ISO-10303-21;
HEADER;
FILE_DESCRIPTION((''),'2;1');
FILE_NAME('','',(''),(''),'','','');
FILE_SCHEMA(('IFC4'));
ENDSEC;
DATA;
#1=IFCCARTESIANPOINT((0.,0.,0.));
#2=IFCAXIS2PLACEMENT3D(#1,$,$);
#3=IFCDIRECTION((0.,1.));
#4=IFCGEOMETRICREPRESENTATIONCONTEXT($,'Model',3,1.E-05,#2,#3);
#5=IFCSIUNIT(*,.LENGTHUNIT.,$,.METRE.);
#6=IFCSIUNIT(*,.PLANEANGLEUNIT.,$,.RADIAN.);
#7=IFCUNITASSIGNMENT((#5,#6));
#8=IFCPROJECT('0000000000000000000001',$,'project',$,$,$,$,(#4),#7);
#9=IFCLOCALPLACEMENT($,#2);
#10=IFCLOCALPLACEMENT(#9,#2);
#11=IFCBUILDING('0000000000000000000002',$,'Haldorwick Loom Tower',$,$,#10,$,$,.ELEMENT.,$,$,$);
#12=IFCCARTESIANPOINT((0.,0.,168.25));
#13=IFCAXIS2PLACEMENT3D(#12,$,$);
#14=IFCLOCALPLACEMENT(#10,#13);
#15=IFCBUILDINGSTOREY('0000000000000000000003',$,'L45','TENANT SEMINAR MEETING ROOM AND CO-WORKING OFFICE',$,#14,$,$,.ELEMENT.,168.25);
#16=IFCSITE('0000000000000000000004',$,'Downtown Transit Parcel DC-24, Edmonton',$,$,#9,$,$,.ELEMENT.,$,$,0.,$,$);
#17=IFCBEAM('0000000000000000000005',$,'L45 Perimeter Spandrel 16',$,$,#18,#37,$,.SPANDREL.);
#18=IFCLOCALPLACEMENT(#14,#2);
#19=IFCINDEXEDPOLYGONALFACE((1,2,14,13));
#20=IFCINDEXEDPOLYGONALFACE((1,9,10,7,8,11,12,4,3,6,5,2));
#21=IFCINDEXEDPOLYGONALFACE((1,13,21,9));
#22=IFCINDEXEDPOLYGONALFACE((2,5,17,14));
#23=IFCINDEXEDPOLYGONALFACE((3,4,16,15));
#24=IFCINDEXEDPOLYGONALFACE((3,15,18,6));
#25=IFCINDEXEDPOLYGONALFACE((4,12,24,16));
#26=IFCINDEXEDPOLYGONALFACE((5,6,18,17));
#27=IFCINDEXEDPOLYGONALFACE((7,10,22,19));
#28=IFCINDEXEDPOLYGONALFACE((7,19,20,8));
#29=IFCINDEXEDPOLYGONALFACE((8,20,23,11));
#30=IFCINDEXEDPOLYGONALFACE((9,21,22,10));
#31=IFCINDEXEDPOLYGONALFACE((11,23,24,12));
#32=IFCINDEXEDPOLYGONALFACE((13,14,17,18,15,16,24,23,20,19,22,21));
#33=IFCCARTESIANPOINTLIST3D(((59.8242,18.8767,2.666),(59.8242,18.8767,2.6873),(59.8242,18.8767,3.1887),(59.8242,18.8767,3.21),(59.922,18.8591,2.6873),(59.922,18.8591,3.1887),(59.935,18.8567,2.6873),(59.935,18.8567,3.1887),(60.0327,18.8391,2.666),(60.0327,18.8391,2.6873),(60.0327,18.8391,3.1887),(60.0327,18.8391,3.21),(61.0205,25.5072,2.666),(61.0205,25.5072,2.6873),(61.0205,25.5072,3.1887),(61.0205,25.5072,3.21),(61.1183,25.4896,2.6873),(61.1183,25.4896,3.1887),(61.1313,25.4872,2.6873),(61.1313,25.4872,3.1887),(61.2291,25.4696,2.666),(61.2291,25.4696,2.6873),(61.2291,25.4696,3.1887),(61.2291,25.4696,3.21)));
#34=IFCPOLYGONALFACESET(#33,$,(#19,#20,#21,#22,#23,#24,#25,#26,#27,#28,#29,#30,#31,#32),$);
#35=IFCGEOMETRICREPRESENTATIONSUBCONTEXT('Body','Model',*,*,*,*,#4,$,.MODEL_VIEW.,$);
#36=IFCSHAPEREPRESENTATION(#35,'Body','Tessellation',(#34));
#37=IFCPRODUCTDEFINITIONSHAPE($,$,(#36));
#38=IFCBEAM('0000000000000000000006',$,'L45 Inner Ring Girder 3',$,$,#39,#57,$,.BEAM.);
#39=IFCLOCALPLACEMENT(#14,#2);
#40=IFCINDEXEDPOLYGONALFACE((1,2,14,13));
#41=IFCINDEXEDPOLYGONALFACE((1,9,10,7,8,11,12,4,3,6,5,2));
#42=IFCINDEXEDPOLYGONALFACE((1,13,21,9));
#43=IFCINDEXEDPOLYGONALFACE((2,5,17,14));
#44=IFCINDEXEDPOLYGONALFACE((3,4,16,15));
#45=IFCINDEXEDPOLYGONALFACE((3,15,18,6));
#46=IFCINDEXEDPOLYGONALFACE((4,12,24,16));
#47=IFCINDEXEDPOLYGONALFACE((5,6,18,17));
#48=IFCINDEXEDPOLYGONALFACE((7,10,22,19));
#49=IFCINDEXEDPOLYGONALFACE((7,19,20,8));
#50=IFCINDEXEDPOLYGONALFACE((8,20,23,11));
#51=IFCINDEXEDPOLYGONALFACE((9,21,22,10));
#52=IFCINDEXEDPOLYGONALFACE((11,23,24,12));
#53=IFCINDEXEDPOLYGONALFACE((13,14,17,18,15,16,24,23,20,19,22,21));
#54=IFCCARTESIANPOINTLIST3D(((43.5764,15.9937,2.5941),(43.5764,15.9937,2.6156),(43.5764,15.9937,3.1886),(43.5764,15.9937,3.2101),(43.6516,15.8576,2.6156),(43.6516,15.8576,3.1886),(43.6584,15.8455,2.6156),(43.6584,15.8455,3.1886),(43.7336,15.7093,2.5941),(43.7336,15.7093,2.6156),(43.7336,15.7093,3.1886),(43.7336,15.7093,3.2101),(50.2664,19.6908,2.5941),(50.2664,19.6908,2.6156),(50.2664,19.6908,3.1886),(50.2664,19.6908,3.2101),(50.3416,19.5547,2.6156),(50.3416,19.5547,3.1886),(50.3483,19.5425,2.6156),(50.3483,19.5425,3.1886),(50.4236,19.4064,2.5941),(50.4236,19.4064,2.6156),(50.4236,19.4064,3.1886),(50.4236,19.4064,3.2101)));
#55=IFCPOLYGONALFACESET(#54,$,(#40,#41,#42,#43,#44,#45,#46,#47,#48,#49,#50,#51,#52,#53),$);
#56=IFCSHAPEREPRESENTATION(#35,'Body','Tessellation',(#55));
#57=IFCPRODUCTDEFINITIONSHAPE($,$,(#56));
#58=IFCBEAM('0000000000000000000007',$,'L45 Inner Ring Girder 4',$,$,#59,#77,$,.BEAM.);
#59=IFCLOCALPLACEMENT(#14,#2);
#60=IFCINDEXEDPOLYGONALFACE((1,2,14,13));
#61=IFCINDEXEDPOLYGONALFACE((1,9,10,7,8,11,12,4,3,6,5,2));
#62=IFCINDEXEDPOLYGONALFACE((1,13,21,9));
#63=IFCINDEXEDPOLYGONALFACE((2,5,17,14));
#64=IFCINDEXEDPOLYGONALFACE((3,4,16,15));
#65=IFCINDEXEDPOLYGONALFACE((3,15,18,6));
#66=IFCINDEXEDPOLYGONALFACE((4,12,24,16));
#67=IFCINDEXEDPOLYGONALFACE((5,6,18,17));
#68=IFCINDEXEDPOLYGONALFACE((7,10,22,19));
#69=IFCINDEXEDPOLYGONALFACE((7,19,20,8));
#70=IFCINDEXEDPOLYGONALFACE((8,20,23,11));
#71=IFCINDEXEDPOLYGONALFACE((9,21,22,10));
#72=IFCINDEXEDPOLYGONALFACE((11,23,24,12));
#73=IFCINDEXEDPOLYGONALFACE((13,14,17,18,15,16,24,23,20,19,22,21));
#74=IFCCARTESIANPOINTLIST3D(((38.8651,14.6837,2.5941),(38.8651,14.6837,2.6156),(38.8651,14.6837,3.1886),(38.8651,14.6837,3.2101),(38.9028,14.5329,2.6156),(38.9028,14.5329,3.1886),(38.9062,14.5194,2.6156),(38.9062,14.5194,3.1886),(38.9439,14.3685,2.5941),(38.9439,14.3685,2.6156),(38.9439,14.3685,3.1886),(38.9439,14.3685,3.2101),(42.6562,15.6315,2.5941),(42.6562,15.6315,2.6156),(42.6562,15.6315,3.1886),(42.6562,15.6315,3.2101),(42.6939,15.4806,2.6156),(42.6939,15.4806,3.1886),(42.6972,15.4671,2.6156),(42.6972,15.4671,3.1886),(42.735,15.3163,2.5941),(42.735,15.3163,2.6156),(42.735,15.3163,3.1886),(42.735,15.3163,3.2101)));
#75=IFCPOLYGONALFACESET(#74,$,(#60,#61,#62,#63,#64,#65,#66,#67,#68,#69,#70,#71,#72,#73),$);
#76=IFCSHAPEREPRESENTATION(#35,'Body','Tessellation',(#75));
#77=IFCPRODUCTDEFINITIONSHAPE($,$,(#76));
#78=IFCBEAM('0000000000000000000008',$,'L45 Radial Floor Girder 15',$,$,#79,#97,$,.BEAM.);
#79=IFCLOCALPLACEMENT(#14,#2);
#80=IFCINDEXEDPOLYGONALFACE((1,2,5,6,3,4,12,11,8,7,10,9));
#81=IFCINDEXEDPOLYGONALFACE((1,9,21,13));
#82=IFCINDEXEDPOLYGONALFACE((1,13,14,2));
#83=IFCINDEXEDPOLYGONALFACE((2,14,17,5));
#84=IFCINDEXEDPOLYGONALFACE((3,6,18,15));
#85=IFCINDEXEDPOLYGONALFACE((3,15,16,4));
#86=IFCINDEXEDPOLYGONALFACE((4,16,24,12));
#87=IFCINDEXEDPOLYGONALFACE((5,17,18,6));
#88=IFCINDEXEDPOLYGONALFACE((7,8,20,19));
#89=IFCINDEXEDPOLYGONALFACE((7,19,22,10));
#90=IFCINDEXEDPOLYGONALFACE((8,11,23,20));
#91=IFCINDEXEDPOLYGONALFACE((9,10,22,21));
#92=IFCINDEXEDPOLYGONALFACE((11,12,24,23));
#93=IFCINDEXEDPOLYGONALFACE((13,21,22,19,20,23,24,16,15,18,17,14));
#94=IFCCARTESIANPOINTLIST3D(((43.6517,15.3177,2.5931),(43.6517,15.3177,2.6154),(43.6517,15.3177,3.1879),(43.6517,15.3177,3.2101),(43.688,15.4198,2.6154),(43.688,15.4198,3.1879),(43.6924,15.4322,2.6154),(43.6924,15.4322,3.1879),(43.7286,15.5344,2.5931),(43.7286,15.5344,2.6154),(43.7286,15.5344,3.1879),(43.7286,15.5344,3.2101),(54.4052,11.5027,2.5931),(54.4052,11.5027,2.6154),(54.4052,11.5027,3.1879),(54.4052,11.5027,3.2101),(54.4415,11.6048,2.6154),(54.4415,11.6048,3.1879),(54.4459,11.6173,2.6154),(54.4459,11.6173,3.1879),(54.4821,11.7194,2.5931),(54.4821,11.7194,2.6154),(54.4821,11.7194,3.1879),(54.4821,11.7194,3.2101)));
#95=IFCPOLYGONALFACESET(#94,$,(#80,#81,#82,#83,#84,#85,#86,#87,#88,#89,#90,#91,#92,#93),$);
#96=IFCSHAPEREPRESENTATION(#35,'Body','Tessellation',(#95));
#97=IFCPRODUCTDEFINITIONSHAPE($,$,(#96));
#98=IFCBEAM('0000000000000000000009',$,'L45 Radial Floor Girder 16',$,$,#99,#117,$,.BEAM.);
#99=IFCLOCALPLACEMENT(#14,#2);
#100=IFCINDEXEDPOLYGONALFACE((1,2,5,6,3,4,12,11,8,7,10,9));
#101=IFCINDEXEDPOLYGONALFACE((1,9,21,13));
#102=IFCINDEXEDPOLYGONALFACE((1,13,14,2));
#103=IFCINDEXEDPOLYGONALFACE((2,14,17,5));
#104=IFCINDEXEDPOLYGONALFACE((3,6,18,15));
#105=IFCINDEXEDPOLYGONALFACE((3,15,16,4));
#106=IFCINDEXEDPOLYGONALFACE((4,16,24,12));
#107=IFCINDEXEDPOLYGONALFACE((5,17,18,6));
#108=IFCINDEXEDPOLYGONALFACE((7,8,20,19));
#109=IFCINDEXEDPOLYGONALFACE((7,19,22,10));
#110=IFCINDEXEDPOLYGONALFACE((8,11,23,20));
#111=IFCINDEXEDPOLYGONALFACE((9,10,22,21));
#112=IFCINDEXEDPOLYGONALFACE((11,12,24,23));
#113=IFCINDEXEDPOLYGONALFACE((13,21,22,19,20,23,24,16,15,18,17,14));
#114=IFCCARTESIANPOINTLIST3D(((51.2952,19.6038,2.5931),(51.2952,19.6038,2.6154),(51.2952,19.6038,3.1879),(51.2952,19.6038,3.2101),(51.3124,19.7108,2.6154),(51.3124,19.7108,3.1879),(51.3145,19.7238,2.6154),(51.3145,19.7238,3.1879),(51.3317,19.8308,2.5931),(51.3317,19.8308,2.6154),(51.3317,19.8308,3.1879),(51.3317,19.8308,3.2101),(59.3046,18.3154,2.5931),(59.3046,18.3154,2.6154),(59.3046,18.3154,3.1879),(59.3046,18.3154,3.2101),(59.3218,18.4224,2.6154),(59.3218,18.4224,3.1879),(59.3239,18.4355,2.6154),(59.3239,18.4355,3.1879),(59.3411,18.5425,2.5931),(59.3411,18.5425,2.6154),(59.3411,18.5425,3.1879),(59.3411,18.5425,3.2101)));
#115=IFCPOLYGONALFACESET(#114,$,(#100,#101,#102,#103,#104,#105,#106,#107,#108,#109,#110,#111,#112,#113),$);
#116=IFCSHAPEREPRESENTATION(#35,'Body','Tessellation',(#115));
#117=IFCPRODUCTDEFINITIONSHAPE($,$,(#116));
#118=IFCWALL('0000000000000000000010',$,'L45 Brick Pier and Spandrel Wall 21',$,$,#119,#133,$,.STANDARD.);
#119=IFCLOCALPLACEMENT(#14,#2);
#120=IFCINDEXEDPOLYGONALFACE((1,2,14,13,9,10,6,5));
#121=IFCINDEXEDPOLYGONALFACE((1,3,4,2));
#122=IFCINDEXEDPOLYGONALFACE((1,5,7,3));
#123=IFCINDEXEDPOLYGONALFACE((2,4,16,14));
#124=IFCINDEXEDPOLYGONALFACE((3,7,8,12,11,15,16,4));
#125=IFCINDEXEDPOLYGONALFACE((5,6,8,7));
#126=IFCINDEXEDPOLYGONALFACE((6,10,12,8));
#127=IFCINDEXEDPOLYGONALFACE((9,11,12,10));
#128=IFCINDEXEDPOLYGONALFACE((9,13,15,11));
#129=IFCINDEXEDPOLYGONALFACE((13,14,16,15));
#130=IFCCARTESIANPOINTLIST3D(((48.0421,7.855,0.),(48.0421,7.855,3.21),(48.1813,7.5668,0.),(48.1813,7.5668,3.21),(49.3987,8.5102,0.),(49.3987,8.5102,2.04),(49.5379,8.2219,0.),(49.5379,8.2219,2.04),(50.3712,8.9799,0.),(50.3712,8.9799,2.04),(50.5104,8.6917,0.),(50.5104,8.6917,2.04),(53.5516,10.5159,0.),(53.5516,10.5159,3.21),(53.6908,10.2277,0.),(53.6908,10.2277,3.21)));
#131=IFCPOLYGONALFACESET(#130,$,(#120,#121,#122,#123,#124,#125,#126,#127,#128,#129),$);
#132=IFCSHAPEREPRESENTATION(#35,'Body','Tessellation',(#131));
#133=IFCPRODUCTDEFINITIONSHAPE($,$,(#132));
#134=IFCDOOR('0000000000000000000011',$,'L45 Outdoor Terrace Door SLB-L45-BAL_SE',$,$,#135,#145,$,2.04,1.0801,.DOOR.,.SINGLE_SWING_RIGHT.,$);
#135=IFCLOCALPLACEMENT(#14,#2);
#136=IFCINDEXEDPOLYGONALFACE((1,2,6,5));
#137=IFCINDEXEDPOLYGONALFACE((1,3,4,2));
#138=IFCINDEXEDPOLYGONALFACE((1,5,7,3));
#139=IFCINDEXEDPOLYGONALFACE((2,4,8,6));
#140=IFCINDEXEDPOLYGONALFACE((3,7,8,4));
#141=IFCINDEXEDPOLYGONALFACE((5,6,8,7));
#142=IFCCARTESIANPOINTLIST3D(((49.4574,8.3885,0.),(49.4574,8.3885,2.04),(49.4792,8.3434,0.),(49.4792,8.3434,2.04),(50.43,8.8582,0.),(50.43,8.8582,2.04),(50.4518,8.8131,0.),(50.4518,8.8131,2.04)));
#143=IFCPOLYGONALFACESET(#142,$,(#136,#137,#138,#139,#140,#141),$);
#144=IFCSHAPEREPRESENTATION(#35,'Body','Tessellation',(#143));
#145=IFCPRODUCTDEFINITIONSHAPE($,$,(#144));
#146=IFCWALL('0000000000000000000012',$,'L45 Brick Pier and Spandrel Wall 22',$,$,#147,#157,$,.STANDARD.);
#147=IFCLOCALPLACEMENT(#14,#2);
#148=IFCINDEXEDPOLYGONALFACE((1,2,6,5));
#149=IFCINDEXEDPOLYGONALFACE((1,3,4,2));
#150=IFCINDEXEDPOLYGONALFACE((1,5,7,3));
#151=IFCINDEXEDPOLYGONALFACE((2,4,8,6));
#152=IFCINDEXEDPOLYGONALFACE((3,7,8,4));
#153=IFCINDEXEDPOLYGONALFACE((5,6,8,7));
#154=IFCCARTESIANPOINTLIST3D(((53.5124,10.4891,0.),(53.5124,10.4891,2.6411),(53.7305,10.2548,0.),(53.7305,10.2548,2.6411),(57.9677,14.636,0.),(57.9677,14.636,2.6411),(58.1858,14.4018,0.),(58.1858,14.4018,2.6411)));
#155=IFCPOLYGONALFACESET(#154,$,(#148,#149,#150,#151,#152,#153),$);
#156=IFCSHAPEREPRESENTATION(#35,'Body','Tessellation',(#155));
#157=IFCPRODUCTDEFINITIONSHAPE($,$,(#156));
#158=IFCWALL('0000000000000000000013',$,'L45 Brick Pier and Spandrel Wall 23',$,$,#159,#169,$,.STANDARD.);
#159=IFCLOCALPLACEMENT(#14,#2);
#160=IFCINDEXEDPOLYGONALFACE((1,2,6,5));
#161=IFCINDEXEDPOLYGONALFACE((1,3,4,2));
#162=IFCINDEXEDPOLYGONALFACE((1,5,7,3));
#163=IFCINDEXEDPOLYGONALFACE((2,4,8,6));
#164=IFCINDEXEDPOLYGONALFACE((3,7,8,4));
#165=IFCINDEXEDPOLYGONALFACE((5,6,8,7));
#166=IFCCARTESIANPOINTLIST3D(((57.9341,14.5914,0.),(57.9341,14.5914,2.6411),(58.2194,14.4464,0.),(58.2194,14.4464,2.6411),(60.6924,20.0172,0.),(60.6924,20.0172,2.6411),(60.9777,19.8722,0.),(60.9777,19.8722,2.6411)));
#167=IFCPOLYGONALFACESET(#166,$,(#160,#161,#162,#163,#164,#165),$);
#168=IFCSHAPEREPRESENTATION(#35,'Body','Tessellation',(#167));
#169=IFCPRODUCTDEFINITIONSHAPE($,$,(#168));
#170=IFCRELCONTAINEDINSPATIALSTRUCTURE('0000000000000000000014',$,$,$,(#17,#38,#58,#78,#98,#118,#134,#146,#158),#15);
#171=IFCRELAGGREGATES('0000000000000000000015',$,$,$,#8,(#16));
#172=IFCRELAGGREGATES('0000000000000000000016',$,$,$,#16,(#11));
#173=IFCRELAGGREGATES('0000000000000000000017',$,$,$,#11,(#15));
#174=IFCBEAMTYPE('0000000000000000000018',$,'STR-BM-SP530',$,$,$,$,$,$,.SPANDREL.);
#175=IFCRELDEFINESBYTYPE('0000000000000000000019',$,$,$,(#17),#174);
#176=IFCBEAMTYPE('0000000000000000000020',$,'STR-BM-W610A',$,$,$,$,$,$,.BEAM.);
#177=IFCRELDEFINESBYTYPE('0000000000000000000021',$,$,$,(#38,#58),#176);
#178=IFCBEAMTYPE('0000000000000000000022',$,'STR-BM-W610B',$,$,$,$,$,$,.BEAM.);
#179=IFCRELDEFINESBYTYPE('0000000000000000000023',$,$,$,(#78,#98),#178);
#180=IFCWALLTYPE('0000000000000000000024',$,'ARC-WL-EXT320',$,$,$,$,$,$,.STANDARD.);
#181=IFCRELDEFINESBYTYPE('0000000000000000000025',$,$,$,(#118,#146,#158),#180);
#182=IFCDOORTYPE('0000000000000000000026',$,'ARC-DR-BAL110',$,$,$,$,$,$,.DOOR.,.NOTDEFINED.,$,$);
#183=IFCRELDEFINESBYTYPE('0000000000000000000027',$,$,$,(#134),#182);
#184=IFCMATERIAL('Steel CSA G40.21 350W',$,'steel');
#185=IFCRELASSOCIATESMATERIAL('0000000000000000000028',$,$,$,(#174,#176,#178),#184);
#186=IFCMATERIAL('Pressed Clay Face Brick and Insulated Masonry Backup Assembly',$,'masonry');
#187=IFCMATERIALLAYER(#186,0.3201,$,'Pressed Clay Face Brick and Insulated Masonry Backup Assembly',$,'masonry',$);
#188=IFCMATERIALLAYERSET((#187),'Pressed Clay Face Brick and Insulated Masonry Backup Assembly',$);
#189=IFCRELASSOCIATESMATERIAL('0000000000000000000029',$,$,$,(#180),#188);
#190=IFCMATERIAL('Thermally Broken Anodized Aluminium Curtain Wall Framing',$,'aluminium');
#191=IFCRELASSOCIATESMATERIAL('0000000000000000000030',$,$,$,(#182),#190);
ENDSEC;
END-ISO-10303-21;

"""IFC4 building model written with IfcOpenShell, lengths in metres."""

from ifc_helpers import new_model, si_unit, direction, frame, frame_2d, origin, origin_2d, place, context, subcontext, project, spatial, rectangle, i_section, extrude, material, layer, layer_set, material_profile, profile_set, type_object, element, fill, save


model = new_model("IFC4")

# Units and contexts
model_context = context("Model", 3, precision=1e-05, world=origin(), true_north=direction((0.0, 1.0)))
body_context = subcontext(model_context, "Body", "Model", "MODEL_VIEW")
ifc_project = project(units=[si_unit("LENGTHUNIT", "METRE"), si_unit("PLANEANGLEUNIT", "RADIAN")], contexts=[model_context])

# Site, building, storey
site_placement = place(None, origin())
site = spatial("IfcSite", under=ifc_project, at=site_placement, Name="Downtown Transit Parcel DC-24, Edmonton", CompositionType="ELEMENT", RefElevation=0.0)
building_placement = place(site_placement, origin())
building = spatial("IfcBuilding", under=site, at=building_placement, Name="Haldorwick Loom Tower", CompositionType="ELEMENT")
storey_placement = place(building_placement, frame((0.0, 0.0, 168.25)))
storey = spatial("IfcBuildingStorey", under=building, at=storey_placement, Name="L45", Description="TENANT SEMINAR MEETING ROOM AND CO-WORKING OFFICE", CompositionType="ELEMENT", Elevation=168.25)

# Beams
ifc_material_1 = material(Name="Steel CSA G40.21 350W", Category="steel")
ifc_material_profile_1 = material_profile(ifc_material_1, i_section(OverallWidth=0.2119, OverallDepth=0.5439, WebThickness=0.0132, FlangeThickness=0.0212, at=origin_2d()), Name="W530X123", Category="steel")
ifc_profile_set_1 = profile_set([ifc_material_profile_1], Name="Steel CSA G40.21 350W")
beam_type_1 = type_object("IfcBeamType", Name="STR-BM-SP530", PredefinedType="SPANDREL", material=ifc_profile_set_1)
beam_1_placement = place(storey_placement, frame((59.9285, 18.8579, 2.938), z_axis=(0.177559, 0.98411, 0.0), x_axis=(-0.98411, 0.177559, 0.0)))
element("IfcBeam", 1, at=beam_1_placement, inside=storey, type_object=beam_type_1, Name="L45 Perimeter Spandrel 16", PredefinedType="SPANDREL", context=body_context, shape_type="SweptSolid", body=[
    extrude(i_section(OverallWidth=0.2119, OverallDepth=0.5439, WebThickness=0.0132, FlangeThickness=0.0212, at=origin_2d()), origin(), (0.0, 0.0, 1.0), 6.7375),
])
ifc_material_profile_2 = material_profile(ifc_material_1, i_section(OverallWidth=0.325, OverallDepth=0.616, WebThickness=0.0139, FlangeThickness=0.0215, at=origin_2d()), Name="W610X174", Category="steel")
ifc_profile_set_2 = profile_set([ifc_material_profile_2], Name="Steel CSA G40.21 350W")
beam_type_2 = type_object("IfcBeamType", Name="STR-BM-W610A", PredefinedType="BEAM", material=ifc_profile_set_2)
beam_2_placement = place(storey_placement, frame((50.345, 19.5486, 2.9021), z_axis=(-0.875244, -0.483681, 0.0), x_axis=(0.483681, -0.875244, 0.0)))
element("IfcBeam", 2, at=beam_2_placement, inside=storey, type_object=beam_type_2, Name="L45 Inner Ring Girder 3", PredefinedType="BEAM", context=body_context, shape_type="SweptSolid", body=[
    extrude(i_section(OverallWidth=0.325, OverallDepth=0.616, WebThickness=0.0139, FlangeThickness=0.0215, at=origin_2d()), origin(), (0.0, 0.0, 1.0), 7.6436),
])
beam_3_placement = place(storey_placement, frame((42.6956, 15.4739, 2.9021), z_axis=(-0.970143, -0.242536, 0.0), x_axis=(0.242536, -0.970143, 0.0)))
element("IfcBeam", 3, at=beam_3_placement, inside=storey, type_object=beam_type_2, Name="L45 Inner Ring Girder 4", PredefinedType="BEAM", context=body_context, shape_type="SweptSolid", body=[
    extrude(i_section(OverallWidth=0.325, OverallDepth=0.616, WebThickness=0.0139, FlangeThickness=0.0215, at=origin_2d()), origin(), (0.0, 0.0, 1.0), 3.9077),
])
ifc_material_profile_3 = material_profile(ifc_material_1, i_section(OverallWidth=0.23, OverallDepth=0.6169, WebThickness=0.0132, FlangeThickness=0.0222, at=origin_2d()), Name="W610X140", Category="steel")
ifc_profile_set_3 = profile_set([ifc_material_profile_3], Name="Steel CSA G40.21 350W")
beam_type_3 = type_object("IfcBeamType", Name="STR-BM-W610B", PredefinedType="BEAM", material=ifc_profile_set_3)
beam_4_placement = place(storey_placement, frame((43.6902, 15.426, 2.9016), z_axis=(0.942449, -0.334349, 0.0), x_axis=(0.334349, 0.942449, 0.0)))
element("IfcBeam", 4, at=beam_4_placement, inside=storey, type_object=beam_type_3, Name="L45 Radial Floor Girder 15", PredefinedType="BEAM", context=body_context, shape_type="SweptSolid", body=[
    extrude(i_section(OverallWidth=0.23, OverallDepth=0.6169, WebThickness=0.0132, FlangeThickness=0.0222, at=origin_2d()), origin(), (0.0, 0.0, 1.0), 11.4102),
])
beam_5_placement = place(storey_placement, frame((51.3135, 19.7173, 2.9016), z_axis=(0.987309, -0.158813, 0.0), x_axis=(0.158813, 0.987309, 0.0)))
element("IfcBeam", 5, at=beam_5_placement, inside=storey, type_object=beam_type_3, Name="L45 Radial Floor Girder 16", PredefinedType="BEAM", context=body_context, shape_type="SweptSolid", body=[
    extrude(i_section(OverallWidth=0.23, OverallDepth=0.6169, WebThickness=0.0132, FlangeThickness=0.0222, at=origin_2d()), origin(), (0.0, 0.0, 1.0), 8.1123),
])

# Wall, opening, door
ifc_material_2 = material(Name="Pressed Clay Face Brick and Insulated Masonry Backup Assembly", Category="masonry")
ifc_layer_1 = layer(ifc_material_2, 0.3201, Name="Pressed Clay Face Brick and Insulated Masonry Backup Assembly", Category="masonry")
ifc_layer_set_1 = layer_set([ifc_layer_1], Name="Pressed Clay Face Brick and Insulated Masonry Backup Assembly")
wall_type_1 = type_object("IfcWallType", Name="ARC-WL-EXT320", PredefinedType="STANDARD", material=ifc_layer_set_1)
wall_1_placement = place(storey_placement, frame((48.1118, 7.7109, 0.0), z_axis=(0.0, 0.0, 1.0), x_axis=(0.90048, 0.434897, 0.0)))
wall_1 = element("IfcWall", 6, at=wall_1_placement, inside=storey, type_object=wall_type_1, Name="L45 Brick Pier and Spandrel Wall 21", PredefinedType="STANDARD", context=body_context, shape_type="SweptSolid", body=[
    extrude(rectangle(XDim=6.1184, YDim=0.3201, at=frame_2d((3.0591, 0.0))), origin(), (0.0, 0.0, 1.0), 3.21),
])
opening_1_placement = place(wall_1_placement, frame((1.5063, 0.0, 0.0)))
opening_1 = element("IfcOpeningElement", 7, at=opening_1_placement, cuts=wall_1, PredefinedType="OPENING", context=body_context, shape_type="SweptSolid", body=[
    extrude(rectangle(XDim=1.0801, YDim=2.04, at=frame_2d((0.54, 1.02))), frame((0.0, 0.1699, 0.0), z_axis=(0.0, -1.0, 0.0), x_axis=(1.0, 0.0, 0.0)), (0.0, 0.0, 1.0), 0.3401),
])
ifc_material_3 = material(Name="Thermally Broken Anodized Aluminium Curtain Wall Framing", Category="aluminium")
door_type = type_object("IfcDoorType", Name="ARC-DR-BAL110", OperationType="NOTDEFINED", PredefinedType="DOOR", material=ifc_material_3)
door_placement = place(opening_1_placement, origin())
door = element("IfcDoor", 8, at=door_placement, inside=storey, type_object=door_type, Name="L45 Outdoor Terrace Door SLB-L45-BAL_SE", OperationType="SINGLE_SWING_RIGHT", OverallHeight=2.04, OverallWidth=1.0801, PredefinedType="DOOR", context=body_context, shape_type="SweptSolid", body=[
    extrude(rectangle(XDim=1.0801, YDim=2.04, at=frame_2d((0.54, 1.02))), frame((0.0, 0.0249, 0.0), z_axis=(0.0, -1.0, 0.0), x_axis=(1.0, 0.0, 0.0)), (0.0, 0.0, 1.0), 0.05),
])
fill(opening_1, door)

# Walls
for number, where, z_axis, x_axis, name in (
    (9, (53.6213, 10.3718, 0.0), (0.0, 0.0, 1.0), (0.731983, 0.681323, 0.0), "L45 Brick Pier and Spandrel Wall 22"),
    (10, (58.0767, 14.5188, 0.0), (0.0, 0.0, 1.0), (0.453172, 0.891423, 0.0), "L45 Brick Pier and Spandrel Wall 23"),
):
    element("IfcWall", number, at=place(storey_placement, frame(where, z_axis=z_axis, x_axis=x_axis)), inside=storey, type_object=wall_type_1, Name=name, PredefinedType="STANDARD", context=body_context, shape_type="SweptSolid", body=[
        extrude(rectangle(XDim=6.0867, YDim=0.3201, at=frame_2d((3.0435, 0.0))), origin(), (0.0, 0.0, 1.0), 2.6411),
    ])

save(model, "model.ifc")
